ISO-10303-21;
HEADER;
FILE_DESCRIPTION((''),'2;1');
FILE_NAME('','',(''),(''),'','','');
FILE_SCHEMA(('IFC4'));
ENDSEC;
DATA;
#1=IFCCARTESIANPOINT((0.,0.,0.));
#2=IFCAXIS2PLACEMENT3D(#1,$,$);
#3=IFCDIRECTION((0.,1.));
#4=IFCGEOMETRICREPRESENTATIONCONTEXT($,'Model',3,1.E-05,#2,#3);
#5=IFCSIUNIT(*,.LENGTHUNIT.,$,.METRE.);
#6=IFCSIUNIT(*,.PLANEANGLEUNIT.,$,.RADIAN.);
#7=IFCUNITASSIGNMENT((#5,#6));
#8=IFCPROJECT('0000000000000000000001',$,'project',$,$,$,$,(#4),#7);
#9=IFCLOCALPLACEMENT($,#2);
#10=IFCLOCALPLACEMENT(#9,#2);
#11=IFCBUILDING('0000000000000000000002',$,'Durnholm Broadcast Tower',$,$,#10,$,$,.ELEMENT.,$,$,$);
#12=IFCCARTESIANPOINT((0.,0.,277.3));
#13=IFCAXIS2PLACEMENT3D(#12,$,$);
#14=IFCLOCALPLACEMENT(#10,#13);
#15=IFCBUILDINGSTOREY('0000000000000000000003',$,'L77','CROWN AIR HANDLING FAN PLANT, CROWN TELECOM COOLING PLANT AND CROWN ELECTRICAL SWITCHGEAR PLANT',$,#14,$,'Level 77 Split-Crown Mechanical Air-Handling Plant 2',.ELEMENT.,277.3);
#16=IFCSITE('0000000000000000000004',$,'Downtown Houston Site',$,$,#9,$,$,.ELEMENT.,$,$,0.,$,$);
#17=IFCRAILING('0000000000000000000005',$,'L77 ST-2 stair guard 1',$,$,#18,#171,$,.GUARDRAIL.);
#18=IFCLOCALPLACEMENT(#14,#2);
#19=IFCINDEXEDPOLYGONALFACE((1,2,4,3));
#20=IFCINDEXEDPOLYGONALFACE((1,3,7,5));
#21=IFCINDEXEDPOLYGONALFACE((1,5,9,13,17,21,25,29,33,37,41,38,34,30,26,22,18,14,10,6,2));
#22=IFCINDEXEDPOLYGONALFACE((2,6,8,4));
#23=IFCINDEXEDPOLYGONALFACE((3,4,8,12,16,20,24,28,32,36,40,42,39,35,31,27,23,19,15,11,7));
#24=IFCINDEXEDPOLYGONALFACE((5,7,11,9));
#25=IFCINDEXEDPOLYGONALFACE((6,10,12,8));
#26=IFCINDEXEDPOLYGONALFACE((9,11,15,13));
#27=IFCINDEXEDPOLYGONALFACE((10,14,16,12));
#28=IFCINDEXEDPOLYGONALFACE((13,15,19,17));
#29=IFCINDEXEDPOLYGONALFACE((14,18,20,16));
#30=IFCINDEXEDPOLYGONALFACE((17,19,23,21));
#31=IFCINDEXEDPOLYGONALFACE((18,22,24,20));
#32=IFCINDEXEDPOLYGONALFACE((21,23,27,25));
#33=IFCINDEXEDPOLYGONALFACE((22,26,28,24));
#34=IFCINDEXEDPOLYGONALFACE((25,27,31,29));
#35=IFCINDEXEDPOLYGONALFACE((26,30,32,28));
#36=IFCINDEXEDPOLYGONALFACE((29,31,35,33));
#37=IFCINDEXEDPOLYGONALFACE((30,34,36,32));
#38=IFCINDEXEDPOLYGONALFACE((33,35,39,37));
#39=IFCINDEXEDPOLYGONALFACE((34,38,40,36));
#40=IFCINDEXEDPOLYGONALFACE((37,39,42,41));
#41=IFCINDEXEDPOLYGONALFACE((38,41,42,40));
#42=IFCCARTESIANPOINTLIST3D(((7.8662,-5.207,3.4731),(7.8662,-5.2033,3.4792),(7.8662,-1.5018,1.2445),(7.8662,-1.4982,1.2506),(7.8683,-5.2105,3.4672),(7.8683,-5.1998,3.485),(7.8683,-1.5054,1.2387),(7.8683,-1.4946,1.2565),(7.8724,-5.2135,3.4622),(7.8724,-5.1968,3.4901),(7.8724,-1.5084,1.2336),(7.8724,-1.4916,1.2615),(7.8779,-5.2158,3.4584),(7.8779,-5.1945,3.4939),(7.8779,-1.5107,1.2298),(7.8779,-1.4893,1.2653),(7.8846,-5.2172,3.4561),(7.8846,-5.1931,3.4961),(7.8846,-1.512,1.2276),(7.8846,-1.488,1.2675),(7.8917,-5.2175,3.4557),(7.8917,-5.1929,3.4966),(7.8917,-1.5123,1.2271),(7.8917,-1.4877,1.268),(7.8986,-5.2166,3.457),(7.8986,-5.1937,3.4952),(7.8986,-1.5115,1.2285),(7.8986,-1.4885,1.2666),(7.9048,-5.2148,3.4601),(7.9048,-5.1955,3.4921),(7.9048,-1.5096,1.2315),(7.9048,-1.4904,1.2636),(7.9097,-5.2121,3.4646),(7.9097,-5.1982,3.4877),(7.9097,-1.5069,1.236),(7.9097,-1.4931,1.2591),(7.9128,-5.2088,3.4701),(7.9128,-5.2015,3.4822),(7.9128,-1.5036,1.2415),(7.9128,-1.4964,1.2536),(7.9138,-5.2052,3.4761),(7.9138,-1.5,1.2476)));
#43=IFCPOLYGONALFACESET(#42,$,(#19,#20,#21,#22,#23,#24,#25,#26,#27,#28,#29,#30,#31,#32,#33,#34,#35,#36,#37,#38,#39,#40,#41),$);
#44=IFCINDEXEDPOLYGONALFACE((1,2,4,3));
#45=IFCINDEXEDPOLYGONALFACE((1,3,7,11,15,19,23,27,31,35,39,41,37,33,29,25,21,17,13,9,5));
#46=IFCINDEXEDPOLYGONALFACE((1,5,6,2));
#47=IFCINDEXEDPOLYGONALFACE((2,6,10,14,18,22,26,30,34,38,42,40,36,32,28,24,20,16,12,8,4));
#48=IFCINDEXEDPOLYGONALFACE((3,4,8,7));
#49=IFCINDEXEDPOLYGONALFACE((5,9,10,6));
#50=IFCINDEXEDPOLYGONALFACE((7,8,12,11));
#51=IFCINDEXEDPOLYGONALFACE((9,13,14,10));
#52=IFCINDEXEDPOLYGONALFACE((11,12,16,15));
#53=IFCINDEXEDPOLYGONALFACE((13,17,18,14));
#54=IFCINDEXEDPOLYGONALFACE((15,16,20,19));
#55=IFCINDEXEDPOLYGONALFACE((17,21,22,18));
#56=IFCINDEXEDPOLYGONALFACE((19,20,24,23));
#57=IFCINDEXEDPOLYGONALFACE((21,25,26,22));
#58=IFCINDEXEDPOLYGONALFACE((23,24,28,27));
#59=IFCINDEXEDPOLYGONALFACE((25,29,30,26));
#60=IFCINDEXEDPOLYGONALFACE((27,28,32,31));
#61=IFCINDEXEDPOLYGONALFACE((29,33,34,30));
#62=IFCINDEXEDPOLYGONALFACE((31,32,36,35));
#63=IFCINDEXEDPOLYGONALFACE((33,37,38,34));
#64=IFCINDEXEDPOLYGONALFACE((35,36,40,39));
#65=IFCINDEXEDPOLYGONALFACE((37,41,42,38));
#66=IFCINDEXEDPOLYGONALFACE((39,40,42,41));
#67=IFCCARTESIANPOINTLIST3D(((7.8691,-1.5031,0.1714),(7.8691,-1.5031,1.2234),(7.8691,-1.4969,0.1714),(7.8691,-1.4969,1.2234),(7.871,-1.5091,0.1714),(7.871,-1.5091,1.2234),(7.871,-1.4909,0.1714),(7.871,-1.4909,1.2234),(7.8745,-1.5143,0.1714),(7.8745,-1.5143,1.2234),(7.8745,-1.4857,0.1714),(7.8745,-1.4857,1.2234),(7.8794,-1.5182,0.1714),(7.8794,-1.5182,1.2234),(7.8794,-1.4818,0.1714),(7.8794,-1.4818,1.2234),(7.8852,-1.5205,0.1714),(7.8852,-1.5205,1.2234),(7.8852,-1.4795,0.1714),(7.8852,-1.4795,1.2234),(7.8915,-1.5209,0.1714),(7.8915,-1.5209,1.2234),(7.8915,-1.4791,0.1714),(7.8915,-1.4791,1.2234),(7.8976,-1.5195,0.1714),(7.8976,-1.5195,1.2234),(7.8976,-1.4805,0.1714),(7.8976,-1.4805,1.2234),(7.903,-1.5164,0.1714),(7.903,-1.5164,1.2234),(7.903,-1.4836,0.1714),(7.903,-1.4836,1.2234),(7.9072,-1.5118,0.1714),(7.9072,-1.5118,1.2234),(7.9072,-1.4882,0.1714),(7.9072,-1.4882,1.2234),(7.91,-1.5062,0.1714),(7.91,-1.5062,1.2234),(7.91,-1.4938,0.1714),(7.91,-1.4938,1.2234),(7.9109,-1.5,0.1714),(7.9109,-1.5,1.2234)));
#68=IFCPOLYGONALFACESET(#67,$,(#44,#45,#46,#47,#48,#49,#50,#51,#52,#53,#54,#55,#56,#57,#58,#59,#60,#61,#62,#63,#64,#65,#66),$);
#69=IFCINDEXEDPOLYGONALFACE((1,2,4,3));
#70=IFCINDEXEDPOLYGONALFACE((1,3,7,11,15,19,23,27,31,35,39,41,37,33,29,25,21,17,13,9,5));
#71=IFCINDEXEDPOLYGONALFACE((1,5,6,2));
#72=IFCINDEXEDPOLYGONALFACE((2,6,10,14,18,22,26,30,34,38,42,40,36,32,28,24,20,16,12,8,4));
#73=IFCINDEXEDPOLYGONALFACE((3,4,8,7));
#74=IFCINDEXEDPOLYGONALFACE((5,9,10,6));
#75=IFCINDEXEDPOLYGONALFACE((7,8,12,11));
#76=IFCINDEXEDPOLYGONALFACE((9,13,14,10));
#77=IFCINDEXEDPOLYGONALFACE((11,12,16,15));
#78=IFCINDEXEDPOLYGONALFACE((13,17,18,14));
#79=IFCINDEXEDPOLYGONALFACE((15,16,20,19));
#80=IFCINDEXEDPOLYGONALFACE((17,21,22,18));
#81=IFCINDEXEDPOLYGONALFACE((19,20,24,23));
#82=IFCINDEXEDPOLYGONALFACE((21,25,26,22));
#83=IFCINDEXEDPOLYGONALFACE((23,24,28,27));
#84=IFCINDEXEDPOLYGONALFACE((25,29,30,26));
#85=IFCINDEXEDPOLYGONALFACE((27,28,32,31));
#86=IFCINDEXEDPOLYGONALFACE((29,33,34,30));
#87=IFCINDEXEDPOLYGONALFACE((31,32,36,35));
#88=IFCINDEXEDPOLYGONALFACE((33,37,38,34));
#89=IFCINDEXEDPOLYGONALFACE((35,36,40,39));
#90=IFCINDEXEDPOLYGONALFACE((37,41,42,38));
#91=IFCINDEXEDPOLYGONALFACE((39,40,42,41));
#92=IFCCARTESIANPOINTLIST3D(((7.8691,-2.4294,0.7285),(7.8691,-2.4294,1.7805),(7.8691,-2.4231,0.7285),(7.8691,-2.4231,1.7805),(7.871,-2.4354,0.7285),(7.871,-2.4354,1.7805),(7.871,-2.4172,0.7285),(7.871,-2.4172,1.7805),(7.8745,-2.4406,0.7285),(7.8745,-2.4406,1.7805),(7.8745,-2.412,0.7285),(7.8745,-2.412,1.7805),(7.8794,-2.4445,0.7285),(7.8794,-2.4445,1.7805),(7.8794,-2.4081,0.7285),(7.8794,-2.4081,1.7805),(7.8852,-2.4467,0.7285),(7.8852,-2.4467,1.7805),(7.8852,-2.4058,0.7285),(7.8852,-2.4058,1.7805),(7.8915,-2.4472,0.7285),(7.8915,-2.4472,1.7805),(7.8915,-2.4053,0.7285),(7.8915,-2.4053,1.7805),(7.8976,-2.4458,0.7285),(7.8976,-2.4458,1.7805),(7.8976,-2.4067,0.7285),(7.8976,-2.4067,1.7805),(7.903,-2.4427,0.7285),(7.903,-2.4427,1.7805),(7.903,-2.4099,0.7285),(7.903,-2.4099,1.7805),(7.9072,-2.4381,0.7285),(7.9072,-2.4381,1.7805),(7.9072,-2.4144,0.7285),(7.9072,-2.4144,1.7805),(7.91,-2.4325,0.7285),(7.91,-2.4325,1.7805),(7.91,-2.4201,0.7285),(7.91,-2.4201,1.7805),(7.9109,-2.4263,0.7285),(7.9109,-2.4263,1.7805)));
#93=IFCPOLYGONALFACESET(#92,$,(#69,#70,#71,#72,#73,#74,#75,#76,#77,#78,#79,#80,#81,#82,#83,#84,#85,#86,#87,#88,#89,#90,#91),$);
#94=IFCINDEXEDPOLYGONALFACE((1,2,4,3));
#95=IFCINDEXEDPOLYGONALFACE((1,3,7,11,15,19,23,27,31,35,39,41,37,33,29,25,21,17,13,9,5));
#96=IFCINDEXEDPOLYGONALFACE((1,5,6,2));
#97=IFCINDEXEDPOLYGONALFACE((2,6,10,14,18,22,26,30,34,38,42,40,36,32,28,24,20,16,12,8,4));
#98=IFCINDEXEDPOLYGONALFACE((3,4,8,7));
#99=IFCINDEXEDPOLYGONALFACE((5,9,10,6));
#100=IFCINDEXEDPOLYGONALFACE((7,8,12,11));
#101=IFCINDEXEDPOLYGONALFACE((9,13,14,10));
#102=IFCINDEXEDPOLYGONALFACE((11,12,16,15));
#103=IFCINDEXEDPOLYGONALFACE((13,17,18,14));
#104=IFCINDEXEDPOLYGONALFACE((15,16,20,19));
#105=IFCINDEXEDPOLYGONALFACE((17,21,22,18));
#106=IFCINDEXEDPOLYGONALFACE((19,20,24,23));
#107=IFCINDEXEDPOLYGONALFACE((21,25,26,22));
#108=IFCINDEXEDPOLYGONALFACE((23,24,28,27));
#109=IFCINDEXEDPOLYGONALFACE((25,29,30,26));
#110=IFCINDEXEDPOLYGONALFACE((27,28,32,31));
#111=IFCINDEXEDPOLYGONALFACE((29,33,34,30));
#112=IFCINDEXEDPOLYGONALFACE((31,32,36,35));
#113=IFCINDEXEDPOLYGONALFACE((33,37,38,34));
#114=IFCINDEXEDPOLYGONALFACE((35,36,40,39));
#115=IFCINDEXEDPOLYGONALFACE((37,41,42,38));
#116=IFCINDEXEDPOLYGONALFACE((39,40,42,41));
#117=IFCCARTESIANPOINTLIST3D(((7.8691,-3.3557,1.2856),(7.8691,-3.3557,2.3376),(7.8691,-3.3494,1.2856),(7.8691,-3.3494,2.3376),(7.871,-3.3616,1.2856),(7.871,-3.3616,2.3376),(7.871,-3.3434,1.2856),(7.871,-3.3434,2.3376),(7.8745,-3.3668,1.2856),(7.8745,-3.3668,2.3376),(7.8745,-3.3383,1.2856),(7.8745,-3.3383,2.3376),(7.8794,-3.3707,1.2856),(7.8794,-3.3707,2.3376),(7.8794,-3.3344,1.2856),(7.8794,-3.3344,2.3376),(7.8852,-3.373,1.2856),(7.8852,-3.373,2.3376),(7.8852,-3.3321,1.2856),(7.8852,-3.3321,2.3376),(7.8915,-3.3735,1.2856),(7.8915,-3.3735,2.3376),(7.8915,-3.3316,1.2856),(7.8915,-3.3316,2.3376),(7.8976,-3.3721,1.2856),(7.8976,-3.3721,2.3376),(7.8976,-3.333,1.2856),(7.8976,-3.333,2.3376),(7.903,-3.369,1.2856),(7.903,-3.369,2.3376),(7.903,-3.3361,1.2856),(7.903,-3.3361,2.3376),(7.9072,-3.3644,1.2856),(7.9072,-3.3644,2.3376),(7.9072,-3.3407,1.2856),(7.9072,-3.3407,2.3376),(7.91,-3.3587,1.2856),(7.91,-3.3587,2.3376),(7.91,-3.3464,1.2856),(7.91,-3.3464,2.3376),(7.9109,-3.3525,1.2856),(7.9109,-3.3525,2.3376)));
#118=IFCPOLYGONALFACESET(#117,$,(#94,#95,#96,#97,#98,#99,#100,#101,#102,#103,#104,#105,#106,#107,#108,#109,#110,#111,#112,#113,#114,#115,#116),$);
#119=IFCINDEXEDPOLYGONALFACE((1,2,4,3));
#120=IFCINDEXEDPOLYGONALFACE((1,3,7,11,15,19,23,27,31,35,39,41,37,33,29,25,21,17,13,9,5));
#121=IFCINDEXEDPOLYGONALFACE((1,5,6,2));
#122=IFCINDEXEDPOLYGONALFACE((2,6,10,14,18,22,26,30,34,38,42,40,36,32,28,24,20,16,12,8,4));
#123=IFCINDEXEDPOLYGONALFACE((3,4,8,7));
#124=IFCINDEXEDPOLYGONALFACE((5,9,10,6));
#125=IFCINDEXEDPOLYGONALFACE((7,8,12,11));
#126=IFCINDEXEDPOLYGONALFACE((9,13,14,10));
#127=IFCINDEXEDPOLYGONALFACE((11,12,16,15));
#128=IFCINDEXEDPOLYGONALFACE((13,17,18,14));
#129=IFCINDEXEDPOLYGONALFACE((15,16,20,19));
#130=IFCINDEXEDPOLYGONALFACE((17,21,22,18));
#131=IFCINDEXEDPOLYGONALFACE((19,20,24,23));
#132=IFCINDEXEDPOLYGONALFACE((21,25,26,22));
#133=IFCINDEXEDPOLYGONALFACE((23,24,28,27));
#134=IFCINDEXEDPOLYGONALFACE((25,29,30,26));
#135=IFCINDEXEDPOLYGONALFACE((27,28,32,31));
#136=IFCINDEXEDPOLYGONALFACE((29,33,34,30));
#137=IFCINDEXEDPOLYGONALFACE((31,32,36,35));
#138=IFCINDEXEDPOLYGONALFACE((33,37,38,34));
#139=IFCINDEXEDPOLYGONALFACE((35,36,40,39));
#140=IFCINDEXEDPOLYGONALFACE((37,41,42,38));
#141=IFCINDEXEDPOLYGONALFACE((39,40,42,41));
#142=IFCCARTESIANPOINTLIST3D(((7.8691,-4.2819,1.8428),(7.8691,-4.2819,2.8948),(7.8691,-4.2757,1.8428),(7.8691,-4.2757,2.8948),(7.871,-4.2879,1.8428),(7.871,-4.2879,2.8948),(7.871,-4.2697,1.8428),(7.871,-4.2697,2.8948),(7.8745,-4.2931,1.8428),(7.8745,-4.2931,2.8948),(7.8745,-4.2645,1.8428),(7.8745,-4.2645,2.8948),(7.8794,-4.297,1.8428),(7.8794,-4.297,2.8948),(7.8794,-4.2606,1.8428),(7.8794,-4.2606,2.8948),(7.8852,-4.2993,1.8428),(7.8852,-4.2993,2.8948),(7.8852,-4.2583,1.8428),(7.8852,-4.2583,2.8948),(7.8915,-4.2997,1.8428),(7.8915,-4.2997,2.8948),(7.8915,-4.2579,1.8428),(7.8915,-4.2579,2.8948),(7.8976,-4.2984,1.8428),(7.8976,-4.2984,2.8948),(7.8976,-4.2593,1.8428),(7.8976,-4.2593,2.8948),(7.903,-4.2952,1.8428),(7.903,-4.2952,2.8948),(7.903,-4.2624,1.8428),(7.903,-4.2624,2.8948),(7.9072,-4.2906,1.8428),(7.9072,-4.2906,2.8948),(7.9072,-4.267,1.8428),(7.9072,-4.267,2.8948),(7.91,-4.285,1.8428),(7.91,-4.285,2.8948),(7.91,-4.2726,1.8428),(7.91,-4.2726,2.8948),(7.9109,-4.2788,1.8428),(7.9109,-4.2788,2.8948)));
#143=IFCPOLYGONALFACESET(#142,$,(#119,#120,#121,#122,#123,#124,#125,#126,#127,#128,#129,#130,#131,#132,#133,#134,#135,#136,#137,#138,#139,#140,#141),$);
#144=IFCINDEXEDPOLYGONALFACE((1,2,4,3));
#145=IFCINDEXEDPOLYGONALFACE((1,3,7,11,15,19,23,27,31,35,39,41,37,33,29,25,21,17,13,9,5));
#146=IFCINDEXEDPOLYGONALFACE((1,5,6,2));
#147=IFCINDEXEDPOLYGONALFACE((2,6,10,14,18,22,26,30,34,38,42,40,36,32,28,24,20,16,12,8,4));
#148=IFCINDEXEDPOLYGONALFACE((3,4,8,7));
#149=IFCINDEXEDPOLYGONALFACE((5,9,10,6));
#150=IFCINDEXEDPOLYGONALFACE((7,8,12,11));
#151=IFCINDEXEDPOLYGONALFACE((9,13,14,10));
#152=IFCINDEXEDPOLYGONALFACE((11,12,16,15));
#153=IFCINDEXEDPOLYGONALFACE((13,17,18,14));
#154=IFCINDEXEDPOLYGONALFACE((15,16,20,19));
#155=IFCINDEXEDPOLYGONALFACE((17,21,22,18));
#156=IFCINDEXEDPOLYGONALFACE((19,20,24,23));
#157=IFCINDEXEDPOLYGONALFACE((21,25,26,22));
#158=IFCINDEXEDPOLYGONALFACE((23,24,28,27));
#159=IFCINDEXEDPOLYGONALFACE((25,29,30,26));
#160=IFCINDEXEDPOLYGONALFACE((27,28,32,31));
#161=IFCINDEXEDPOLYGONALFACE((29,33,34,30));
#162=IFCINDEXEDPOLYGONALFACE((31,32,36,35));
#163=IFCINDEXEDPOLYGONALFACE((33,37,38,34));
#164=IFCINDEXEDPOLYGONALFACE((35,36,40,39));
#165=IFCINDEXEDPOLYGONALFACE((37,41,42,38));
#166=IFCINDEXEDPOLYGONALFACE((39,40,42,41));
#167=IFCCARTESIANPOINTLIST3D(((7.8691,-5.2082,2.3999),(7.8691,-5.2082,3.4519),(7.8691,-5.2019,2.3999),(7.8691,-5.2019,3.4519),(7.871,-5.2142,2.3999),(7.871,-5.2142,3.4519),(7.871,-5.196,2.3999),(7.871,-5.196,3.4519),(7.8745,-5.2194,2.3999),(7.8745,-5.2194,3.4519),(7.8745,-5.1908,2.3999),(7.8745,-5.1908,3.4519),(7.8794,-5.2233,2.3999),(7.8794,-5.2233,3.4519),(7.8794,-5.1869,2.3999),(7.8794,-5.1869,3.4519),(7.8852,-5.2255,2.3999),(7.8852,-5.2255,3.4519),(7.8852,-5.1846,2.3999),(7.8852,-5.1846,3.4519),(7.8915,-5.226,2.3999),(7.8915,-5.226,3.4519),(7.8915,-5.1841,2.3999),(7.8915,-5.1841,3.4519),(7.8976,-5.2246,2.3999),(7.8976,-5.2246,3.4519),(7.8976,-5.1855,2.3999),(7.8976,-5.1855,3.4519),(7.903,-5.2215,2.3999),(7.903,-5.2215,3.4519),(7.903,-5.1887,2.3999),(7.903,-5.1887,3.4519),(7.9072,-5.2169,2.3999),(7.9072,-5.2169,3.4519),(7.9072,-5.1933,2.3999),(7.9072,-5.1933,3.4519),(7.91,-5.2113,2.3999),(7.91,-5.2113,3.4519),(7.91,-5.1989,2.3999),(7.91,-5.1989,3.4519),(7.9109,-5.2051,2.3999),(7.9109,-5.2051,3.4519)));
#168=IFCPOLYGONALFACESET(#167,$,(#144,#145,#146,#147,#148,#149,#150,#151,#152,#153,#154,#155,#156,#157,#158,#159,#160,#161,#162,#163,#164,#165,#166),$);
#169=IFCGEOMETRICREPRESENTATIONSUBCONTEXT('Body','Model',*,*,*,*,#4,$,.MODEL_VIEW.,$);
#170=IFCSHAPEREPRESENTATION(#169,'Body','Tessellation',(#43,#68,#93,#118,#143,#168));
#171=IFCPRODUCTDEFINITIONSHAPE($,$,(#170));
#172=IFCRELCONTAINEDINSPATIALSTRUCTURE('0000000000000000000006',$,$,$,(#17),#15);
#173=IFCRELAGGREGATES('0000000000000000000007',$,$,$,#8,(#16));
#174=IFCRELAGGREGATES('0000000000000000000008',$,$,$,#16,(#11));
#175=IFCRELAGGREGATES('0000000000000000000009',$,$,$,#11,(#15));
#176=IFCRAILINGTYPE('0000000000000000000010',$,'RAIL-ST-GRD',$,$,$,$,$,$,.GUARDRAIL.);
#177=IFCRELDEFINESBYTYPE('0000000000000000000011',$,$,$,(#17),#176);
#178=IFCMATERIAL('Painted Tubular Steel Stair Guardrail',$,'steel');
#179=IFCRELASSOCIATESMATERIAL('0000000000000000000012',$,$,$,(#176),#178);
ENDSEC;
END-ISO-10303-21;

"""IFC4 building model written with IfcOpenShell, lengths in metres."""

from ifc_helpers import new_model, si_unit, direction, frame, origin, origin_2d, place, context, subcontext, project, spatial, circle, extrude, material, type_object, element, save


model = new_model("IFC4")

# Units and contexts
model_context = context("Model", 3, precision=1e-05, world=origin(), true_north=direction((0.0, 1.0)))
body_context = subcontext(model_context, "Body", "Model", "MODEL_VIEW")
ifc_project = project(units=[si_unit("LENGTHUNIT", "METRE"), si_unit("PLANEANGLEUNIT", "RADIAN")], contexts=[model_context])

# Site, building, storey
site_placement = place(None, origin())
site = spatial("IfcSite", under=ifc_project, at=site_placement, Name="Downtown Houston Site", CompositionType="ELEMENT", RefElevation=0.0)
building_placement = place(site_placement, origin())
building = spatial("IfcBuilding", under=site, at=building_placement, Name="Durnholm Broadcast Tower", CompositionType="ELEMENT")
storey_placement = place(building_placement, frame((0.0, 0.0, 277.3)))
storey = spatial("IfcBuildingStorey", under=building, at=storey_placement, Name="L77", Description="CROWN AIR HANDLING FAN PLANT, CROWN TELECOM COOLING PLANT AND CROWN ELECTRICAL SWITCHGEAR PLANT", LongName="Level 77 Split-Crown Mechanical Air-Handling Plant 2", CompositionType="ELEMENT", Elevation=277.3)

# Railing
ifc_material_1 = material(Name="Painted Tubular Steel Stair Guardrail", Category="steel")
railing_type_1 = type_object("IfcRailingType", Name="RAIL-ST-GRD", PredefinedType="GUARDRAIL", material=ifc_material_1)
railing_1_placement = place(storey_placement, frame((7.8899, -1.5, 0.1714)))
element("IfcRailing", 1, at=railing_1_placement, inside=storey, type_object=railing_type_1, Name="L77 ST-2 stair guard 1", PredefinedType="GUARDRAIL", context=body_context, shape_type="SweptSolid", body=[
    extrude(circle(Radius=0.0239, at=origin_2d()), frame((0.0, 0.0, 1.0762), z_axis=(0.0, -0.856934, 0.515425), x_axis=(1.0, 0.0, 0.0)), (0.0, 0.0, 1.0), 4.3237),
    extrude(circle(Radius=0.021, at=origin_2d()), origin(), (0.0, 0.0, 1.0), 1.052),
    extrude(circle(Radius=0.021, at=origin_2d()), frame((0.0, -0.9263, 0.5571)), (0.0, 0.0, 1.0), 1.052),
    extrude(circle(Radius=0.021, at=origin_2d()), frame((0.0, -1.8525, 1.1143)), (0.0, 0.0, 1.0), 1.052),
    extrude(circle(Radius=0.021, at=origin_2d()), frame((0.0, -2.7788, 1.6714)), (0.0, 0.0, 1.0), 1.052),
    extrude(circle(Radius=0.021, at=origin_2d()), frame((0.0, -3.7051, 2.2285)), (0.0, 0.0, 1.0), 1.052),
])

save(model, "model.ifc")
